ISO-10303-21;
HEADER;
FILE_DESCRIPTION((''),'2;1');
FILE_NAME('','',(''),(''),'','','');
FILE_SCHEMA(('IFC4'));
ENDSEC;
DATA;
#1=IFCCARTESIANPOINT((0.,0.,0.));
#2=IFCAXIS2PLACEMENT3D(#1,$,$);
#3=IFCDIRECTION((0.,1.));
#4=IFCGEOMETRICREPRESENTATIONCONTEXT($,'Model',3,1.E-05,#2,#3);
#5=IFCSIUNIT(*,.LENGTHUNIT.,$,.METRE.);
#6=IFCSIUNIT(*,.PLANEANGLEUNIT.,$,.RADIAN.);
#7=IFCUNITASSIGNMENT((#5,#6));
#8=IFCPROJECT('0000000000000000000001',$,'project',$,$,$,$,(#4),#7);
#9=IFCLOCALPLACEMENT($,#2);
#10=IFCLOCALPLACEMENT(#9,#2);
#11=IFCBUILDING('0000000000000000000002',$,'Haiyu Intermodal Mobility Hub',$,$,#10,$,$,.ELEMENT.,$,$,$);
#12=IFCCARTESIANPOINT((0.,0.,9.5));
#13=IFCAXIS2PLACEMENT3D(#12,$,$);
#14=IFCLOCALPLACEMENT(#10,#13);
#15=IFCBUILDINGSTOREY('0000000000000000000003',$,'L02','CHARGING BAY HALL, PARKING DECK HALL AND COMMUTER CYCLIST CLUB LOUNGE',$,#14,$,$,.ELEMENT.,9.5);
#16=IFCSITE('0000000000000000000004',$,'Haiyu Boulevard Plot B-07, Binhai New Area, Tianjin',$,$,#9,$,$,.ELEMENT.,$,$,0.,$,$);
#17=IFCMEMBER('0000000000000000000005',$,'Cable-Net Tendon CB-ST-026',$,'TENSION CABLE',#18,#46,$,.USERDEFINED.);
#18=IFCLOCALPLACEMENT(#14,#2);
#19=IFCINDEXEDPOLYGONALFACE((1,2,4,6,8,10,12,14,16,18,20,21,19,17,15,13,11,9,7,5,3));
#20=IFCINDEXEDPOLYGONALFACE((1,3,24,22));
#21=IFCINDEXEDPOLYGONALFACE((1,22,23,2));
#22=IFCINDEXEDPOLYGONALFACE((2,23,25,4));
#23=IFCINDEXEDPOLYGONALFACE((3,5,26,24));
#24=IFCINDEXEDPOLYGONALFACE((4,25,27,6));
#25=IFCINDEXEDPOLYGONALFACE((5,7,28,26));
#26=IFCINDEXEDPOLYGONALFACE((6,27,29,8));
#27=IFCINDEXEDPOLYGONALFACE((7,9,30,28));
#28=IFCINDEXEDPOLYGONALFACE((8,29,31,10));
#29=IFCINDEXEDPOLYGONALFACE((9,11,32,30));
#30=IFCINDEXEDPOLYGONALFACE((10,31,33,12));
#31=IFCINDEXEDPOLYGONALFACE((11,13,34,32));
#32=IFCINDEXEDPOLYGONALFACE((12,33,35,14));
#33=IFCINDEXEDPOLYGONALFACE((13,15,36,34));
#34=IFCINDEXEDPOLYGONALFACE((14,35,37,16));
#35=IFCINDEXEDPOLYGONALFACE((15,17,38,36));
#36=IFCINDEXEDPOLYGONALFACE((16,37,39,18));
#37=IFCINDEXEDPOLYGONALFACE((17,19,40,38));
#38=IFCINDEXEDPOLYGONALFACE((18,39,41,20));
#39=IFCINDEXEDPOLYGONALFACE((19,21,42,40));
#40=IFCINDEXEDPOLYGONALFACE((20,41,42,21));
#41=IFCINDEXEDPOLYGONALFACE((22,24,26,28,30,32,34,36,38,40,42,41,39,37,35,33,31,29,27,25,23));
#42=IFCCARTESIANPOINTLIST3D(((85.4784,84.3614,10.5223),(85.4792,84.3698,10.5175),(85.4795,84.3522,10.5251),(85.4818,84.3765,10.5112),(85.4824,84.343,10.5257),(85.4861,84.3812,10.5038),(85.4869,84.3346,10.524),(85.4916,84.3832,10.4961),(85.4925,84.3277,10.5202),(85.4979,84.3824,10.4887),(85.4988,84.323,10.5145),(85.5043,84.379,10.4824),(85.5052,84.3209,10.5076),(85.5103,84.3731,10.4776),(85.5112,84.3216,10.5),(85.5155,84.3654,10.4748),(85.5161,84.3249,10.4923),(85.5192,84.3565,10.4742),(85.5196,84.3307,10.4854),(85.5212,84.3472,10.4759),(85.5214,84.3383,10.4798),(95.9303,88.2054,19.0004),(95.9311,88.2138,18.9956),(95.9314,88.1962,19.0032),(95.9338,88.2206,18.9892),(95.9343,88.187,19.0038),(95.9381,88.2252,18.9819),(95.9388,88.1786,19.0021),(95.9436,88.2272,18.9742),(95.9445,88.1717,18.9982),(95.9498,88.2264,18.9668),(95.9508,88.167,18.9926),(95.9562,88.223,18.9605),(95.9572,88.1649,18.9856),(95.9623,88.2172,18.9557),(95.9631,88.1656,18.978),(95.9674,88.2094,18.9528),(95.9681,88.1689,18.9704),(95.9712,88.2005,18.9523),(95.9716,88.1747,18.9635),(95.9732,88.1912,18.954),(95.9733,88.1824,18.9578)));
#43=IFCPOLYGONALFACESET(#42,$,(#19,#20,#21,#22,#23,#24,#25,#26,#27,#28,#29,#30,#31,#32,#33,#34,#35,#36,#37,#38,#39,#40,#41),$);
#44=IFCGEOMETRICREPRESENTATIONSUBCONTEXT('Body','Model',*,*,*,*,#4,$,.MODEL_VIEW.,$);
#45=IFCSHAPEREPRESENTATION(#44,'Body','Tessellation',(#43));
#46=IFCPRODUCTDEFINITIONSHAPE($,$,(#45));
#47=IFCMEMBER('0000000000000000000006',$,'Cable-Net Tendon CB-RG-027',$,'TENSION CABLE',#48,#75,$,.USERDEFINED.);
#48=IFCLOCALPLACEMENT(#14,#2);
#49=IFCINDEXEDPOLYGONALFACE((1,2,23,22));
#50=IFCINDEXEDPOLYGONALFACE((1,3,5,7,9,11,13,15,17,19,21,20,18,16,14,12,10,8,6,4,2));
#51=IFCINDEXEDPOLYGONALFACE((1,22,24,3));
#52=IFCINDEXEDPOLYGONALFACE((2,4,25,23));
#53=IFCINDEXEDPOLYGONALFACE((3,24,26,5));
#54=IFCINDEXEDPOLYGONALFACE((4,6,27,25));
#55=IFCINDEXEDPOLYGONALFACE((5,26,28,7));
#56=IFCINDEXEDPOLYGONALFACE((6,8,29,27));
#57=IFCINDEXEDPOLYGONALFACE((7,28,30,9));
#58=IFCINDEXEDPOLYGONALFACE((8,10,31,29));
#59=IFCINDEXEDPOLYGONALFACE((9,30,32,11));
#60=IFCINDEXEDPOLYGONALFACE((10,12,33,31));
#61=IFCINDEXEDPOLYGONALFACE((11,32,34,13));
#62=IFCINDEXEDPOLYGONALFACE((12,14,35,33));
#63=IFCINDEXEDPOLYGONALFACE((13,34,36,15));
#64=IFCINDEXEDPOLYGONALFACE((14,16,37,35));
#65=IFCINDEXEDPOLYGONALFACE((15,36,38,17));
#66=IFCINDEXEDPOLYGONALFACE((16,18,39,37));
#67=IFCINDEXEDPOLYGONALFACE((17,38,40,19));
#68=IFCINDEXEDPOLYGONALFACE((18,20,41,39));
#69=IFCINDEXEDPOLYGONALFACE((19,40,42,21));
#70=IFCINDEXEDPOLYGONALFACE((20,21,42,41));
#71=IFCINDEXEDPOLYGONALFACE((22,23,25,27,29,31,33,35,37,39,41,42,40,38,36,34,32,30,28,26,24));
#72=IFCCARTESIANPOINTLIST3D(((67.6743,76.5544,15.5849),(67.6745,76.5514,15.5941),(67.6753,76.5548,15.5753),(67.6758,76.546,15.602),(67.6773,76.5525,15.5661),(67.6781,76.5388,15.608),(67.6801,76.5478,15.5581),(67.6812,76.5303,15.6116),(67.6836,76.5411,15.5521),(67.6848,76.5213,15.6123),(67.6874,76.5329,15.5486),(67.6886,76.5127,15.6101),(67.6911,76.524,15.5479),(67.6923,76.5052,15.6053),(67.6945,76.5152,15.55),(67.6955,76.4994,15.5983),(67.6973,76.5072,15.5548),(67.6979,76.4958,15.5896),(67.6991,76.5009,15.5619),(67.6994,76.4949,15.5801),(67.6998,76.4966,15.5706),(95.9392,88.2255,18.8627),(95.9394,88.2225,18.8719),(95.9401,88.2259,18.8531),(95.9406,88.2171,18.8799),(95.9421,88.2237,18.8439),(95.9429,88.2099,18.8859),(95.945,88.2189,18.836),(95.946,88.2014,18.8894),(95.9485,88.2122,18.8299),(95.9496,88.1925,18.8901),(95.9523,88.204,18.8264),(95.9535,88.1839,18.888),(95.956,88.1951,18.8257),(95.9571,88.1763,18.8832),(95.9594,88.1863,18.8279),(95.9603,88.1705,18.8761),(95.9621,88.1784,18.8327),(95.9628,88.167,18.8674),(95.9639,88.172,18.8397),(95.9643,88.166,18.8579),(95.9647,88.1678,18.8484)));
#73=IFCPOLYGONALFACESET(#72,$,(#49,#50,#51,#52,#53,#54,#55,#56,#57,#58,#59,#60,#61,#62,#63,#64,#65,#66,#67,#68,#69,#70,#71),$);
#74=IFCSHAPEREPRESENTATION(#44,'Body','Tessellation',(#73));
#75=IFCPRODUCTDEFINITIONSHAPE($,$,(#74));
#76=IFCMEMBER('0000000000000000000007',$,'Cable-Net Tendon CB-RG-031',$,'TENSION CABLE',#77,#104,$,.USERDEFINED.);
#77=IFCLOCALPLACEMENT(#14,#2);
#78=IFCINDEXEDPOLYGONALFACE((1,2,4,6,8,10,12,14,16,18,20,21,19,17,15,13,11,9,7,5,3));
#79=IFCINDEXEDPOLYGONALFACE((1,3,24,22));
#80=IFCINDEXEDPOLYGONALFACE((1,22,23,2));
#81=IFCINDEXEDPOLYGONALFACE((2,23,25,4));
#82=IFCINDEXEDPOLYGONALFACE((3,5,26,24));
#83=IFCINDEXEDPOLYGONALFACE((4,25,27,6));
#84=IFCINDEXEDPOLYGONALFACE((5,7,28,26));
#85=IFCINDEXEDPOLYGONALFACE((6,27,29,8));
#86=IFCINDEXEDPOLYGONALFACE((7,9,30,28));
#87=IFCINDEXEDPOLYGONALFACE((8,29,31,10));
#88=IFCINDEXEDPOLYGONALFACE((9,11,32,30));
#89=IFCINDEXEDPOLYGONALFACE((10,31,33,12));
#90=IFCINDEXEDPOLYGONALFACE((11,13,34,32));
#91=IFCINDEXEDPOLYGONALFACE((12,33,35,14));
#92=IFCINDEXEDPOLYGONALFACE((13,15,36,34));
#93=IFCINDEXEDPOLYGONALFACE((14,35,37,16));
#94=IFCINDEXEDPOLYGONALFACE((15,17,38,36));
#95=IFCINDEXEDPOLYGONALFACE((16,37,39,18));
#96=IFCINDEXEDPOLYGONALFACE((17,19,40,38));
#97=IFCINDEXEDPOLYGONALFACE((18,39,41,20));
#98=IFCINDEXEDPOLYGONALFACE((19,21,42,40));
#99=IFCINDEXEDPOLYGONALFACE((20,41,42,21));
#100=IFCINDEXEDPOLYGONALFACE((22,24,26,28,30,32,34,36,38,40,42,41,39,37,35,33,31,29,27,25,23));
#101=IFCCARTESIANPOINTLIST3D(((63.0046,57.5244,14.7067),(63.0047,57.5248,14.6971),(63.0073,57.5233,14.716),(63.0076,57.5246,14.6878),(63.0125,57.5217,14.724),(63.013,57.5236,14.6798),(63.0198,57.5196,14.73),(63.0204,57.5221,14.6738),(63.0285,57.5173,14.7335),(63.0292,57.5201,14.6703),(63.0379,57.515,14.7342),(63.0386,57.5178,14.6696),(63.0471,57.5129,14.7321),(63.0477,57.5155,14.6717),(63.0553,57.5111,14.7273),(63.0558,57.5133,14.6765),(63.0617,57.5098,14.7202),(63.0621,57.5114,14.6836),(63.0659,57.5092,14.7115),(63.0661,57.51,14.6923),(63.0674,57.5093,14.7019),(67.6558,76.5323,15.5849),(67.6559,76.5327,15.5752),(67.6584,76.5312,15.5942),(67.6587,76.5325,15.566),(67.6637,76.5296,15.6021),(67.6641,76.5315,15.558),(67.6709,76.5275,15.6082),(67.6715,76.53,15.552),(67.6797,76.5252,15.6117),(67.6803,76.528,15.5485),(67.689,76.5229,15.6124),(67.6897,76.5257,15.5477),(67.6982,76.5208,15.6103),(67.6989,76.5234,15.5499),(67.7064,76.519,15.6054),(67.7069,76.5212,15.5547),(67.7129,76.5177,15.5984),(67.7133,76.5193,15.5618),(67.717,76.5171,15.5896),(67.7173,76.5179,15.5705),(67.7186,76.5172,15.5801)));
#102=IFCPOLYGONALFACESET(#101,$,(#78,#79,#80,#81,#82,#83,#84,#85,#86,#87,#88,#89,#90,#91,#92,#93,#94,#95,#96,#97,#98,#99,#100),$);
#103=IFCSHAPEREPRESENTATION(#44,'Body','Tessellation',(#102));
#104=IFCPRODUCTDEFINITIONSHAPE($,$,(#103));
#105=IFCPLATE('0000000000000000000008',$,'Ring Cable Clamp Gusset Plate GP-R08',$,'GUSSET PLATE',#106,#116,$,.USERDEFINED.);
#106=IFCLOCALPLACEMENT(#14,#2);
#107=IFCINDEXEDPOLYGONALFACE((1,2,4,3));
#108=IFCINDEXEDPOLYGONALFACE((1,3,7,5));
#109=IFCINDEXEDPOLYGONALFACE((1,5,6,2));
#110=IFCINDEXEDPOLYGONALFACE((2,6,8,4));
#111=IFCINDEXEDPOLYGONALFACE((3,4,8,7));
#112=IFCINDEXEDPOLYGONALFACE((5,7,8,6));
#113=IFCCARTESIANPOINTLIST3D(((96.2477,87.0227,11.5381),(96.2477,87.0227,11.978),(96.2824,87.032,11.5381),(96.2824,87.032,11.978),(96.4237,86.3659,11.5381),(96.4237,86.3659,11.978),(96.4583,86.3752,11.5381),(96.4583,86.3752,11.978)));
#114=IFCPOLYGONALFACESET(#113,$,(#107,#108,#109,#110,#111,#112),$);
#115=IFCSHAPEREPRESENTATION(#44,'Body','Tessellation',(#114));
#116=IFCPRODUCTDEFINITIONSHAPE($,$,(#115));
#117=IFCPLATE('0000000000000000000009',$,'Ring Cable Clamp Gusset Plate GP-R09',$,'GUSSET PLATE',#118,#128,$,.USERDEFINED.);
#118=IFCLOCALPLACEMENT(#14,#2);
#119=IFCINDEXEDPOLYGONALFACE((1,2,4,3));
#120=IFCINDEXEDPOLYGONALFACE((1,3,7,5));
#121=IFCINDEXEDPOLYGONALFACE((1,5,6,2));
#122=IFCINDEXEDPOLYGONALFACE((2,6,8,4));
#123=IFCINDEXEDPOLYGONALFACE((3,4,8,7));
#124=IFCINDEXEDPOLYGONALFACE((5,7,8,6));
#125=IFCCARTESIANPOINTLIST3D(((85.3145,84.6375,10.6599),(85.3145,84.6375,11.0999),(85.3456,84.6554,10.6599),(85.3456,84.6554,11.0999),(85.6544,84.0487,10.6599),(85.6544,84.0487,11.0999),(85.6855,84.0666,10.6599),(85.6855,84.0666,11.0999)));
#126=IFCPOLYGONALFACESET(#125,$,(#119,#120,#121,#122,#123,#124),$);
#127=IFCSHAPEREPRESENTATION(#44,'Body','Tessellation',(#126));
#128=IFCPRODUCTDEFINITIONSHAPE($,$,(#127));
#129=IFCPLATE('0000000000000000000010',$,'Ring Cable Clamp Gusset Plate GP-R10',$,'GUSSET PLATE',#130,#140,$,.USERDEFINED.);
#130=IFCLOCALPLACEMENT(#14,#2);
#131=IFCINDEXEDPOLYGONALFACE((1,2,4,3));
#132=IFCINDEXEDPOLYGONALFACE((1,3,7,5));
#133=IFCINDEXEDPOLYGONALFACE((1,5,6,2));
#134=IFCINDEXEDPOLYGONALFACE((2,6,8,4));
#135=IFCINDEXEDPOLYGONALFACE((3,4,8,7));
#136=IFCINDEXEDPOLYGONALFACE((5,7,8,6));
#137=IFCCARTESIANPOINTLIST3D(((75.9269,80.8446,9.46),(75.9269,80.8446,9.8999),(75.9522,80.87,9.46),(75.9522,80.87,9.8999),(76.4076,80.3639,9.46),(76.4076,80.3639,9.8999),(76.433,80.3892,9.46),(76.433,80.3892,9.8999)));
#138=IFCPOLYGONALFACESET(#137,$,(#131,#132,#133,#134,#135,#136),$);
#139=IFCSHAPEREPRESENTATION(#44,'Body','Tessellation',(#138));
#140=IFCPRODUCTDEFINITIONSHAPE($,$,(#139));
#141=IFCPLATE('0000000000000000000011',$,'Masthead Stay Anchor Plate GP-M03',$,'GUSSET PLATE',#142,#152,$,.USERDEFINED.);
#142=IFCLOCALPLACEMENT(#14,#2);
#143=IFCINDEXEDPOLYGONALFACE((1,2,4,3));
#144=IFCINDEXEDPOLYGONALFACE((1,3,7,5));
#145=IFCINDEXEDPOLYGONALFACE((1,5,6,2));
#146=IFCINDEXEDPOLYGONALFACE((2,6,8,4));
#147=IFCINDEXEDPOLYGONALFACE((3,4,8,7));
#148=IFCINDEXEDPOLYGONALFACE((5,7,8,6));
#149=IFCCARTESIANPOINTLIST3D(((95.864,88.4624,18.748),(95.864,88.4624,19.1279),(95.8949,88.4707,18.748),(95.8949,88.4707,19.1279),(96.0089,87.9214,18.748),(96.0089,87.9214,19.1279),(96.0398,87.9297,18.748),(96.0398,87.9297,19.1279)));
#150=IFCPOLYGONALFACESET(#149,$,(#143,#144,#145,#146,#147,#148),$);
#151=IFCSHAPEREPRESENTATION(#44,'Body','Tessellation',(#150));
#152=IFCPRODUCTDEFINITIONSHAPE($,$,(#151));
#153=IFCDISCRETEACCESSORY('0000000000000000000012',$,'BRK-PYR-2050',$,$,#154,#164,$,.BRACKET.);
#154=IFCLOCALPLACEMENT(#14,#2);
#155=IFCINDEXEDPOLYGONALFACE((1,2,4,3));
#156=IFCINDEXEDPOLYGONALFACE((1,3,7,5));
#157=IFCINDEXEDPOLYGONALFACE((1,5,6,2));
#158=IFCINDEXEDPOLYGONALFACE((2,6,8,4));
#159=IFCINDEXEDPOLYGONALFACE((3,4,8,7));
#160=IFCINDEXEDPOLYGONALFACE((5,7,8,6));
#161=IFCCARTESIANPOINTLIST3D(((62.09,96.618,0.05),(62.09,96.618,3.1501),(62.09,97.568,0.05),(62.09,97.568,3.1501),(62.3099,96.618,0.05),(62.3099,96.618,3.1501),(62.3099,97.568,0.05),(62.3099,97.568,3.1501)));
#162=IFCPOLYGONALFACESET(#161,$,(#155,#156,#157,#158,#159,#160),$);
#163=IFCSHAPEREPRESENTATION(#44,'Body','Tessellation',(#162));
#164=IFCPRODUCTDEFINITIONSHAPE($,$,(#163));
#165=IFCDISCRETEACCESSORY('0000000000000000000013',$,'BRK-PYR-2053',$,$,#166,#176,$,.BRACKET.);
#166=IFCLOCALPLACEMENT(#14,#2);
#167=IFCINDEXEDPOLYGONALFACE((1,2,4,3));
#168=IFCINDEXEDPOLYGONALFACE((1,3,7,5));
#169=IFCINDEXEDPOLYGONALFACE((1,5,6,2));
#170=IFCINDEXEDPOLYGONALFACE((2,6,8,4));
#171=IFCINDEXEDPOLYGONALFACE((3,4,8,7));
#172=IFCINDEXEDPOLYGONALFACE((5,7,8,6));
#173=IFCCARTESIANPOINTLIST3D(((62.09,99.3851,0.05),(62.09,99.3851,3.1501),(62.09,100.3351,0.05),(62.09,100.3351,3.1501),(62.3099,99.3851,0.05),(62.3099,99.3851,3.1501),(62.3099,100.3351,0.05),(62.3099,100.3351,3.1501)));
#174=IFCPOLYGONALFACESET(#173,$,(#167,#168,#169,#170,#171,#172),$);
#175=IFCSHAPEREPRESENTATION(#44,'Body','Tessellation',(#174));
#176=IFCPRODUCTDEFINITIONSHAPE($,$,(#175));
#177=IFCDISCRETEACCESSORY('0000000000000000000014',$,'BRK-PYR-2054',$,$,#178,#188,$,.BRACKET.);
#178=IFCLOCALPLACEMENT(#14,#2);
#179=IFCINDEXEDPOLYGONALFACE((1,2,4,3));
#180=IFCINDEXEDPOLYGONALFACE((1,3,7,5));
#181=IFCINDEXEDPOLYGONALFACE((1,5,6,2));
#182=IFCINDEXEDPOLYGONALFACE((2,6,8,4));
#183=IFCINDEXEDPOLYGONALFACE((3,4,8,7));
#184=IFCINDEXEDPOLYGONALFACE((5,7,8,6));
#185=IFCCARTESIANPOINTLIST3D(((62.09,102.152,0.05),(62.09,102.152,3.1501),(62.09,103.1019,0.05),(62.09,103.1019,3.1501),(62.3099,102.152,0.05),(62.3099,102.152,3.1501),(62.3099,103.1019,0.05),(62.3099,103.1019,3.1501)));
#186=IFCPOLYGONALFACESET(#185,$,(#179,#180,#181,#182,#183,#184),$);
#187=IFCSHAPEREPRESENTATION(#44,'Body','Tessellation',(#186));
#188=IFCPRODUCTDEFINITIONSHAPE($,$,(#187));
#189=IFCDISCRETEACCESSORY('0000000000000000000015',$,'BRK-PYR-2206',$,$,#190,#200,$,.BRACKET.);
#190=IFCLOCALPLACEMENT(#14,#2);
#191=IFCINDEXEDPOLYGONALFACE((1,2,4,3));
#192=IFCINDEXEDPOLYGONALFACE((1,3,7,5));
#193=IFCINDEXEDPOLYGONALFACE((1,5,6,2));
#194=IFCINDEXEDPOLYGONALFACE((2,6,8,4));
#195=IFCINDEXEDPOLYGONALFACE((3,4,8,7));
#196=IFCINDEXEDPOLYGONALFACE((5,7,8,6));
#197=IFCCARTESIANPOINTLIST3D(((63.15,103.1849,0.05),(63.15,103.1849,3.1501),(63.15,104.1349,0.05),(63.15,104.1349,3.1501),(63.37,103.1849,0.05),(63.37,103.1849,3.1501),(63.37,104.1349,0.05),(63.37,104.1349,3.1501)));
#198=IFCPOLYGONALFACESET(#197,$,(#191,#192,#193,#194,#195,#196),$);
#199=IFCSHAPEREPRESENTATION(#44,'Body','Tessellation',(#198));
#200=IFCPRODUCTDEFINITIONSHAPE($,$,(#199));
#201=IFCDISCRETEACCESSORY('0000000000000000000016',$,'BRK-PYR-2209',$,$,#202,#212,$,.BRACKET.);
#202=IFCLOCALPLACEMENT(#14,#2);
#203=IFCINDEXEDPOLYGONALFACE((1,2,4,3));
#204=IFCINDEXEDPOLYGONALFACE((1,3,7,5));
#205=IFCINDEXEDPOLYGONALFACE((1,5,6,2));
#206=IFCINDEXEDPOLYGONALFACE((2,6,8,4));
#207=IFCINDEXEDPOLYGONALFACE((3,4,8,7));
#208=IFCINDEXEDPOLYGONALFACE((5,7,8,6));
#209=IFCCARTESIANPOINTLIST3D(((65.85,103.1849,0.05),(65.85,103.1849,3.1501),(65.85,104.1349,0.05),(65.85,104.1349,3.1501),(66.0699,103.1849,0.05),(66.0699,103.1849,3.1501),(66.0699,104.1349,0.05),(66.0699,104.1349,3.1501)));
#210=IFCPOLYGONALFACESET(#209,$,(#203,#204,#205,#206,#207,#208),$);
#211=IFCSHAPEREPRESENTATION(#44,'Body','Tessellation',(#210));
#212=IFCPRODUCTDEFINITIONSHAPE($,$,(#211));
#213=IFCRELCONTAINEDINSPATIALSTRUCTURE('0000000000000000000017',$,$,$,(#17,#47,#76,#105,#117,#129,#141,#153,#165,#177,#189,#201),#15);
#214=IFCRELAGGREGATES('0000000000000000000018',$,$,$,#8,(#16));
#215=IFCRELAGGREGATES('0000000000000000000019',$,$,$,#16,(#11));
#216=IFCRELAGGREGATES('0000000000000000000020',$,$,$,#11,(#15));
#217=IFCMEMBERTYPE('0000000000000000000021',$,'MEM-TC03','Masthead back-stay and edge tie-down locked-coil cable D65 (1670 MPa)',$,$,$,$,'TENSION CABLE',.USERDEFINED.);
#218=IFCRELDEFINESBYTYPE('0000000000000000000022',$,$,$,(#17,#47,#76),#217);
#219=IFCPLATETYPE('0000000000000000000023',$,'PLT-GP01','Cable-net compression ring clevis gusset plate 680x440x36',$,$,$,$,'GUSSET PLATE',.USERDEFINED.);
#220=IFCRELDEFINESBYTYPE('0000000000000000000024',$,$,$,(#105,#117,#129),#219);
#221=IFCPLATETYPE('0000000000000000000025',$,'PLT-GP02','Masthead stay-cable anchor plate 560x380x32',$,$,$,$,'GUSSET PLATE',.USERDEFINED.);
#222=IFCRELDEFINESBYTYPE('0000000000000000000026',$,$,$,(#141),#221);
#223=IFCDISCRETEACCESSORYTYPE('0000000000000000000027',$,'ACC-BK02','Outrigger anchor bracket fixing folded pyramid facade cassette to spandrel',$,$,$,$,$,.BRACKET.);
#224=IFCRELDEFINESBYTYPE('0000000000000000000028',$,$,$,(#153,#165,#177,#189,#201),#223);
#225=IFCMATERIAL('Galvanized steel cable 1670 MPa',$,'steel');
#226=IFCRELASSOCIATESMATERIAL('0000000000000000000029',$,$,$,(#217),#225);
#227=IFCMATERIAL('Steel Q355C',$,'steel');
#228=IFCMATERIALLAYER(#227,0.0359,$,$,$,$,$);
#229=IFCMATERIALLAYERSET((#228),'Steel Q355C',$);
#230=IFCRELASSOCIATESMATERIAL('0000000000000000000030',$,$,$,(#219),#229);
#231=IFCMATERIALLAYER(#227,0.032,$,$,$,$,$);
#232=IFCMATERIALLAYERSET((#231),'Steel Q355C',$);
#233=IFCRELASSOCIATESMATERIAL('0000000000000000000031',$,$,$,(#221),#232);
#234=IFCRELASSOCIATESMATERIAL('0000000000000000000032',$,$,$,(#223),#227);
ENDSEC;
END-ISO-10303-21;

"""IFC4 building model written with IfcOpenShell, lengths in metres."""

from ifc_helpers import new_model, si_unit, direction, frame, origin, origin_2d, place, context, subcontext, project, spatial, rectangle, circle, extrude, material, layer, layer_set, material_profile, profile_set, type_object, element, save


model = new_model("IFC4")

# Units and contexts
model_context = context("Model", 3, precision=1e-05, world=origin(), true_north=direction((0.0, 1.0)))
body_context = subcontext(model_context, "Body", "Model", "MODEL_VIEW")
ifc_project = project(units=[si_unit("LENGTHUNIT", "METRE"), si_unit("PLANEANGLEUNIT", "RADIAN")], contexts=[model_context])

# Site, building, storey
site_placement = place(None, origin())
site = spatial("IfcSite", under=ifc_project, at=site_placement, Name="Haiyu Boulevard Plot B-07, Binhai New Area, Tianjin", CompositionType="ELEMENT", RefElevation=0.0)
building_placement = place(site_placement, origin())
building = spatial("IfcBuilding", under=site, at=building_placement, Name="Haiyu Intermodal Mobility Hub", CompositionType="ELEMENT")
storey_placement = place(building_placement, frame((0.0, 0.0, 9.5)))
storey = spatial("IfcBuildingStorey", under=building, at=storey_placement, Name="L02", Description="CHARGING BAY HALL, PARKING DECK HALL AND COMMUTER CYCLIST CLUB LOUNGE", CompositionType="ELEMENT", Elevation=9.5)

# Shared definitions
ifc_material_1 = material(Name="Steel Q355C", Category="steel")

# Members
ifc_material_2 = material(Name="Galvanized steel cable 1670 MPa", Category="steel")
ifc_material_profile_1 = material_profile(ifc_material_2, circle(Radius=0.0325, at=origin_2d()), Name="CABLE65")
ifc_profile_set_1 = profile_set([ifc_material_profile_1], Name="Galvanized steel cable 1670 MPa")
member_type_1 = type_object("IfcMemberType", Name="MEM-TC03", Description="Masthead back-stay and edge tie-down locked-coil cable D65 (1670 MPa)", ElementType="TENSION CABLE", PredefinedType="USERDEFINED", material=ifc_profile_set_1)
member_1_placement = place(storey_placement, frame((95.9519, 88.196, 18.978), z_axis=(-0.746764, -0.274644, -0.605735), x_axis=(0.345175, -0.938538, 0.0)))
element("IfcMember", 1, at=member_1_placement, inside=storey, type_object=member_type_1, Name="Cable-Net Tendon CB-ST-026", ObjectType="TENSION CABLE", PredefinedType="USERDEFINED", context=body_context, shape_type="SweptSolid", body=[
    extrude(circle(Radius=0.0325, at=origin_2d()), origin(), (0.0, 0.0, 1.0), 13.9963),
])
member_2_placement = place(storey_placement, frame((95.9519, 88.196, 18.8579), z_axis=(-0.919037, -0.379489, -0.106579), x_axis=(0.381663, -0.924302, 0.0)))
element("IfcMember", 2, at=member_2_placement, inside=storey, type_object=member_type_1, Name="Cable-Net Tendon CB-RG-027", ObjectType="TENSION CABLE", PredefinedType="USERDEFINED", context=body_context, shape_type="SweptSolid", body=[
    extrude(circle(Radius=0.0325, at=origin_2d()), origin(), (0.0, 0.0, 1.0), 30.7549),
])
member_3_placement = place(storey_placement, frame((67.687, 76.5249, 15.5801), z_axis=(-0.237444, -0.970366, -0.044832), x_axis=(0.971343, -0.237683, 0.0)))
element("IfcMember", 3, at=member_3_placement, inside=storey, type_object=member_type_1, Name="Cable-Net Tendon CB-RG-031", ObjectType="TENSION CABLE", PredefinedType="USERDEFINED", context=body_context, shape_type="SweptSolid", body=[
    extrude(circle(Radius=0.0325, at=origin_2d()), origin(), (0.0, 0.0, 1.0), 19.5884),
])

# Plates
ifc_layer_1 = layer(ifc_material_1, 0.0359)
ifc_layer_set_1 = layer_set([ifc_layer_1], Name="Steel Q355C")
plate_type_1 = type_object("IfcPlateType", Name="PLT-GP01", Description="Cable-net compression ring clevis gusset plate 680x440x36", ElementType="GUSSET PLATE", PredefinedType="USERDEFINED", material=ifc_layer_set_1)
for number, where, z_axis, x_axis, name in (
    (4, (96.353, 86.699, 11.5381), (0.0, 0.0, 1.0), (-0.258819, 0.965926, 0.0), "Ring Cable Clamp Gusset Plate GP-R08"),
    (5, (85.5, 84.3521, 10.6599), (0.0, 0.0, 1.0), (-0.5, 0.866025, 0.0), "Ring Cable Clamp Gusset Plate GP-R09"),
    (6, (76.1799, 80.6169, 9.46), (0.0, 0.0, 1.0), (-0.707107, 0.707107, 0.0), "Ring Cable Clamp Gusset Plate GP-R10"),
):
    element("IfcPlate", number, at=place(storey_placement, frame(where, z_axis=z_axis, x_axis=x_axis)), inside=storey, type_object=plate_type_1, Name=name, ObjectType="GUSSET PLATE", PredefinedType="USERDEFINED", context=body_context, shape_type="SweptSolid", body=[
        extrude(rectangle(XDim=0.6799, YDim=0.0359, at=origin_2d()), origin(), (0.0, 0.0, 1.0), 0.4399),
    ])
ifc_layer_2 = layer(ifc_material_1, 0.032)
ifc_layer_set_2 = layer_set([ifc_layer_2], Name="Steel Q355C")
plate_type_2 = type_object("IfcPlateType", Name="PLT-GP02", Description="Masthead stay-cable anchor plate 560x380x32", ElementType="GUSSET PLATE", PredefinedType="USERDEFINED", material=ifc_layer_set_2)
plate_placement = place(storey_placement, frame((95.9519, 88.196, 18.748), z_axis=(0.0, 0.0, 1.0), x_axis=(-0.258819, 0.965926, 0.0)))
element("IfcPlate", 7, at=plate_placement, inside=storey, type_object=plate_type_2, Name="Masthead Stay Anchor Plate GP-M03", ObjectType="GUSSET PLATE", PredefinedType="USERDEFINED", context=body_context, shape_type="SweptSolid", body=[
    extrude(rectangle(XDim=0.5601, YDim=0.032, at=origin_2d()), origin(), (0.0, 0.0, 1.0), 0.3799),
])

# Discrete accessories
discrete_accessory_type = type_object("IfcDiscreteAccessoryType", Name="ACC-BK02", Description="Outrigger anchor bracket fixing folded pyramid facade cassette to spandrel", PredefinedType="BRACKET", material=ifc_material_1)
for number, where, z_axis, x_axis, name in (
    (8, (62.2, 97.093, 0.05), (0.0, 0.0, 1.0), (1.0, 0.0, 0.0), "BRK-PYR-2050"),
    (9, (62.2, 99.8601, 0.05), (0.0, 0.0, 1.0), (1.0, 0.0, 0.0), "BRK-PYR-2053"),
    (10, (62.2, 102.627, 0.05), (0.0, 0.0, 1.0), (1.0, 0.0, 0.0), "BRK-PYR-2054"),
    (11, (63.26, 103.6599, 0.05), (0.0, 0.0, 1.0), (1.0, 0.0, 0.0), "BRK-PYR-2206"),
    (12, (65.96, 103.6599, 0.05), (0.0, 0.0, 1.0), (1.0, 0.0, 0.0), "BRK-PYR-2209"),
):
    element("IfcDiscreteAccessory", number, at=place(storey_placement, frame(where, z_axis=z_axis, x_axis=x_axis)), inside=storey, type_object=discrete_accessory_type, Name=name, PredefinedType="BRACKET", context=body_context, shape_type="SweptSolid", body=[
        extrude(rectangle(XDim=0.22, YDim=0.95, at=origin_2d()), origin(), (0.0, 0.0, 1.0), 3.1001),
    ])

save(model, "model.ifc")
